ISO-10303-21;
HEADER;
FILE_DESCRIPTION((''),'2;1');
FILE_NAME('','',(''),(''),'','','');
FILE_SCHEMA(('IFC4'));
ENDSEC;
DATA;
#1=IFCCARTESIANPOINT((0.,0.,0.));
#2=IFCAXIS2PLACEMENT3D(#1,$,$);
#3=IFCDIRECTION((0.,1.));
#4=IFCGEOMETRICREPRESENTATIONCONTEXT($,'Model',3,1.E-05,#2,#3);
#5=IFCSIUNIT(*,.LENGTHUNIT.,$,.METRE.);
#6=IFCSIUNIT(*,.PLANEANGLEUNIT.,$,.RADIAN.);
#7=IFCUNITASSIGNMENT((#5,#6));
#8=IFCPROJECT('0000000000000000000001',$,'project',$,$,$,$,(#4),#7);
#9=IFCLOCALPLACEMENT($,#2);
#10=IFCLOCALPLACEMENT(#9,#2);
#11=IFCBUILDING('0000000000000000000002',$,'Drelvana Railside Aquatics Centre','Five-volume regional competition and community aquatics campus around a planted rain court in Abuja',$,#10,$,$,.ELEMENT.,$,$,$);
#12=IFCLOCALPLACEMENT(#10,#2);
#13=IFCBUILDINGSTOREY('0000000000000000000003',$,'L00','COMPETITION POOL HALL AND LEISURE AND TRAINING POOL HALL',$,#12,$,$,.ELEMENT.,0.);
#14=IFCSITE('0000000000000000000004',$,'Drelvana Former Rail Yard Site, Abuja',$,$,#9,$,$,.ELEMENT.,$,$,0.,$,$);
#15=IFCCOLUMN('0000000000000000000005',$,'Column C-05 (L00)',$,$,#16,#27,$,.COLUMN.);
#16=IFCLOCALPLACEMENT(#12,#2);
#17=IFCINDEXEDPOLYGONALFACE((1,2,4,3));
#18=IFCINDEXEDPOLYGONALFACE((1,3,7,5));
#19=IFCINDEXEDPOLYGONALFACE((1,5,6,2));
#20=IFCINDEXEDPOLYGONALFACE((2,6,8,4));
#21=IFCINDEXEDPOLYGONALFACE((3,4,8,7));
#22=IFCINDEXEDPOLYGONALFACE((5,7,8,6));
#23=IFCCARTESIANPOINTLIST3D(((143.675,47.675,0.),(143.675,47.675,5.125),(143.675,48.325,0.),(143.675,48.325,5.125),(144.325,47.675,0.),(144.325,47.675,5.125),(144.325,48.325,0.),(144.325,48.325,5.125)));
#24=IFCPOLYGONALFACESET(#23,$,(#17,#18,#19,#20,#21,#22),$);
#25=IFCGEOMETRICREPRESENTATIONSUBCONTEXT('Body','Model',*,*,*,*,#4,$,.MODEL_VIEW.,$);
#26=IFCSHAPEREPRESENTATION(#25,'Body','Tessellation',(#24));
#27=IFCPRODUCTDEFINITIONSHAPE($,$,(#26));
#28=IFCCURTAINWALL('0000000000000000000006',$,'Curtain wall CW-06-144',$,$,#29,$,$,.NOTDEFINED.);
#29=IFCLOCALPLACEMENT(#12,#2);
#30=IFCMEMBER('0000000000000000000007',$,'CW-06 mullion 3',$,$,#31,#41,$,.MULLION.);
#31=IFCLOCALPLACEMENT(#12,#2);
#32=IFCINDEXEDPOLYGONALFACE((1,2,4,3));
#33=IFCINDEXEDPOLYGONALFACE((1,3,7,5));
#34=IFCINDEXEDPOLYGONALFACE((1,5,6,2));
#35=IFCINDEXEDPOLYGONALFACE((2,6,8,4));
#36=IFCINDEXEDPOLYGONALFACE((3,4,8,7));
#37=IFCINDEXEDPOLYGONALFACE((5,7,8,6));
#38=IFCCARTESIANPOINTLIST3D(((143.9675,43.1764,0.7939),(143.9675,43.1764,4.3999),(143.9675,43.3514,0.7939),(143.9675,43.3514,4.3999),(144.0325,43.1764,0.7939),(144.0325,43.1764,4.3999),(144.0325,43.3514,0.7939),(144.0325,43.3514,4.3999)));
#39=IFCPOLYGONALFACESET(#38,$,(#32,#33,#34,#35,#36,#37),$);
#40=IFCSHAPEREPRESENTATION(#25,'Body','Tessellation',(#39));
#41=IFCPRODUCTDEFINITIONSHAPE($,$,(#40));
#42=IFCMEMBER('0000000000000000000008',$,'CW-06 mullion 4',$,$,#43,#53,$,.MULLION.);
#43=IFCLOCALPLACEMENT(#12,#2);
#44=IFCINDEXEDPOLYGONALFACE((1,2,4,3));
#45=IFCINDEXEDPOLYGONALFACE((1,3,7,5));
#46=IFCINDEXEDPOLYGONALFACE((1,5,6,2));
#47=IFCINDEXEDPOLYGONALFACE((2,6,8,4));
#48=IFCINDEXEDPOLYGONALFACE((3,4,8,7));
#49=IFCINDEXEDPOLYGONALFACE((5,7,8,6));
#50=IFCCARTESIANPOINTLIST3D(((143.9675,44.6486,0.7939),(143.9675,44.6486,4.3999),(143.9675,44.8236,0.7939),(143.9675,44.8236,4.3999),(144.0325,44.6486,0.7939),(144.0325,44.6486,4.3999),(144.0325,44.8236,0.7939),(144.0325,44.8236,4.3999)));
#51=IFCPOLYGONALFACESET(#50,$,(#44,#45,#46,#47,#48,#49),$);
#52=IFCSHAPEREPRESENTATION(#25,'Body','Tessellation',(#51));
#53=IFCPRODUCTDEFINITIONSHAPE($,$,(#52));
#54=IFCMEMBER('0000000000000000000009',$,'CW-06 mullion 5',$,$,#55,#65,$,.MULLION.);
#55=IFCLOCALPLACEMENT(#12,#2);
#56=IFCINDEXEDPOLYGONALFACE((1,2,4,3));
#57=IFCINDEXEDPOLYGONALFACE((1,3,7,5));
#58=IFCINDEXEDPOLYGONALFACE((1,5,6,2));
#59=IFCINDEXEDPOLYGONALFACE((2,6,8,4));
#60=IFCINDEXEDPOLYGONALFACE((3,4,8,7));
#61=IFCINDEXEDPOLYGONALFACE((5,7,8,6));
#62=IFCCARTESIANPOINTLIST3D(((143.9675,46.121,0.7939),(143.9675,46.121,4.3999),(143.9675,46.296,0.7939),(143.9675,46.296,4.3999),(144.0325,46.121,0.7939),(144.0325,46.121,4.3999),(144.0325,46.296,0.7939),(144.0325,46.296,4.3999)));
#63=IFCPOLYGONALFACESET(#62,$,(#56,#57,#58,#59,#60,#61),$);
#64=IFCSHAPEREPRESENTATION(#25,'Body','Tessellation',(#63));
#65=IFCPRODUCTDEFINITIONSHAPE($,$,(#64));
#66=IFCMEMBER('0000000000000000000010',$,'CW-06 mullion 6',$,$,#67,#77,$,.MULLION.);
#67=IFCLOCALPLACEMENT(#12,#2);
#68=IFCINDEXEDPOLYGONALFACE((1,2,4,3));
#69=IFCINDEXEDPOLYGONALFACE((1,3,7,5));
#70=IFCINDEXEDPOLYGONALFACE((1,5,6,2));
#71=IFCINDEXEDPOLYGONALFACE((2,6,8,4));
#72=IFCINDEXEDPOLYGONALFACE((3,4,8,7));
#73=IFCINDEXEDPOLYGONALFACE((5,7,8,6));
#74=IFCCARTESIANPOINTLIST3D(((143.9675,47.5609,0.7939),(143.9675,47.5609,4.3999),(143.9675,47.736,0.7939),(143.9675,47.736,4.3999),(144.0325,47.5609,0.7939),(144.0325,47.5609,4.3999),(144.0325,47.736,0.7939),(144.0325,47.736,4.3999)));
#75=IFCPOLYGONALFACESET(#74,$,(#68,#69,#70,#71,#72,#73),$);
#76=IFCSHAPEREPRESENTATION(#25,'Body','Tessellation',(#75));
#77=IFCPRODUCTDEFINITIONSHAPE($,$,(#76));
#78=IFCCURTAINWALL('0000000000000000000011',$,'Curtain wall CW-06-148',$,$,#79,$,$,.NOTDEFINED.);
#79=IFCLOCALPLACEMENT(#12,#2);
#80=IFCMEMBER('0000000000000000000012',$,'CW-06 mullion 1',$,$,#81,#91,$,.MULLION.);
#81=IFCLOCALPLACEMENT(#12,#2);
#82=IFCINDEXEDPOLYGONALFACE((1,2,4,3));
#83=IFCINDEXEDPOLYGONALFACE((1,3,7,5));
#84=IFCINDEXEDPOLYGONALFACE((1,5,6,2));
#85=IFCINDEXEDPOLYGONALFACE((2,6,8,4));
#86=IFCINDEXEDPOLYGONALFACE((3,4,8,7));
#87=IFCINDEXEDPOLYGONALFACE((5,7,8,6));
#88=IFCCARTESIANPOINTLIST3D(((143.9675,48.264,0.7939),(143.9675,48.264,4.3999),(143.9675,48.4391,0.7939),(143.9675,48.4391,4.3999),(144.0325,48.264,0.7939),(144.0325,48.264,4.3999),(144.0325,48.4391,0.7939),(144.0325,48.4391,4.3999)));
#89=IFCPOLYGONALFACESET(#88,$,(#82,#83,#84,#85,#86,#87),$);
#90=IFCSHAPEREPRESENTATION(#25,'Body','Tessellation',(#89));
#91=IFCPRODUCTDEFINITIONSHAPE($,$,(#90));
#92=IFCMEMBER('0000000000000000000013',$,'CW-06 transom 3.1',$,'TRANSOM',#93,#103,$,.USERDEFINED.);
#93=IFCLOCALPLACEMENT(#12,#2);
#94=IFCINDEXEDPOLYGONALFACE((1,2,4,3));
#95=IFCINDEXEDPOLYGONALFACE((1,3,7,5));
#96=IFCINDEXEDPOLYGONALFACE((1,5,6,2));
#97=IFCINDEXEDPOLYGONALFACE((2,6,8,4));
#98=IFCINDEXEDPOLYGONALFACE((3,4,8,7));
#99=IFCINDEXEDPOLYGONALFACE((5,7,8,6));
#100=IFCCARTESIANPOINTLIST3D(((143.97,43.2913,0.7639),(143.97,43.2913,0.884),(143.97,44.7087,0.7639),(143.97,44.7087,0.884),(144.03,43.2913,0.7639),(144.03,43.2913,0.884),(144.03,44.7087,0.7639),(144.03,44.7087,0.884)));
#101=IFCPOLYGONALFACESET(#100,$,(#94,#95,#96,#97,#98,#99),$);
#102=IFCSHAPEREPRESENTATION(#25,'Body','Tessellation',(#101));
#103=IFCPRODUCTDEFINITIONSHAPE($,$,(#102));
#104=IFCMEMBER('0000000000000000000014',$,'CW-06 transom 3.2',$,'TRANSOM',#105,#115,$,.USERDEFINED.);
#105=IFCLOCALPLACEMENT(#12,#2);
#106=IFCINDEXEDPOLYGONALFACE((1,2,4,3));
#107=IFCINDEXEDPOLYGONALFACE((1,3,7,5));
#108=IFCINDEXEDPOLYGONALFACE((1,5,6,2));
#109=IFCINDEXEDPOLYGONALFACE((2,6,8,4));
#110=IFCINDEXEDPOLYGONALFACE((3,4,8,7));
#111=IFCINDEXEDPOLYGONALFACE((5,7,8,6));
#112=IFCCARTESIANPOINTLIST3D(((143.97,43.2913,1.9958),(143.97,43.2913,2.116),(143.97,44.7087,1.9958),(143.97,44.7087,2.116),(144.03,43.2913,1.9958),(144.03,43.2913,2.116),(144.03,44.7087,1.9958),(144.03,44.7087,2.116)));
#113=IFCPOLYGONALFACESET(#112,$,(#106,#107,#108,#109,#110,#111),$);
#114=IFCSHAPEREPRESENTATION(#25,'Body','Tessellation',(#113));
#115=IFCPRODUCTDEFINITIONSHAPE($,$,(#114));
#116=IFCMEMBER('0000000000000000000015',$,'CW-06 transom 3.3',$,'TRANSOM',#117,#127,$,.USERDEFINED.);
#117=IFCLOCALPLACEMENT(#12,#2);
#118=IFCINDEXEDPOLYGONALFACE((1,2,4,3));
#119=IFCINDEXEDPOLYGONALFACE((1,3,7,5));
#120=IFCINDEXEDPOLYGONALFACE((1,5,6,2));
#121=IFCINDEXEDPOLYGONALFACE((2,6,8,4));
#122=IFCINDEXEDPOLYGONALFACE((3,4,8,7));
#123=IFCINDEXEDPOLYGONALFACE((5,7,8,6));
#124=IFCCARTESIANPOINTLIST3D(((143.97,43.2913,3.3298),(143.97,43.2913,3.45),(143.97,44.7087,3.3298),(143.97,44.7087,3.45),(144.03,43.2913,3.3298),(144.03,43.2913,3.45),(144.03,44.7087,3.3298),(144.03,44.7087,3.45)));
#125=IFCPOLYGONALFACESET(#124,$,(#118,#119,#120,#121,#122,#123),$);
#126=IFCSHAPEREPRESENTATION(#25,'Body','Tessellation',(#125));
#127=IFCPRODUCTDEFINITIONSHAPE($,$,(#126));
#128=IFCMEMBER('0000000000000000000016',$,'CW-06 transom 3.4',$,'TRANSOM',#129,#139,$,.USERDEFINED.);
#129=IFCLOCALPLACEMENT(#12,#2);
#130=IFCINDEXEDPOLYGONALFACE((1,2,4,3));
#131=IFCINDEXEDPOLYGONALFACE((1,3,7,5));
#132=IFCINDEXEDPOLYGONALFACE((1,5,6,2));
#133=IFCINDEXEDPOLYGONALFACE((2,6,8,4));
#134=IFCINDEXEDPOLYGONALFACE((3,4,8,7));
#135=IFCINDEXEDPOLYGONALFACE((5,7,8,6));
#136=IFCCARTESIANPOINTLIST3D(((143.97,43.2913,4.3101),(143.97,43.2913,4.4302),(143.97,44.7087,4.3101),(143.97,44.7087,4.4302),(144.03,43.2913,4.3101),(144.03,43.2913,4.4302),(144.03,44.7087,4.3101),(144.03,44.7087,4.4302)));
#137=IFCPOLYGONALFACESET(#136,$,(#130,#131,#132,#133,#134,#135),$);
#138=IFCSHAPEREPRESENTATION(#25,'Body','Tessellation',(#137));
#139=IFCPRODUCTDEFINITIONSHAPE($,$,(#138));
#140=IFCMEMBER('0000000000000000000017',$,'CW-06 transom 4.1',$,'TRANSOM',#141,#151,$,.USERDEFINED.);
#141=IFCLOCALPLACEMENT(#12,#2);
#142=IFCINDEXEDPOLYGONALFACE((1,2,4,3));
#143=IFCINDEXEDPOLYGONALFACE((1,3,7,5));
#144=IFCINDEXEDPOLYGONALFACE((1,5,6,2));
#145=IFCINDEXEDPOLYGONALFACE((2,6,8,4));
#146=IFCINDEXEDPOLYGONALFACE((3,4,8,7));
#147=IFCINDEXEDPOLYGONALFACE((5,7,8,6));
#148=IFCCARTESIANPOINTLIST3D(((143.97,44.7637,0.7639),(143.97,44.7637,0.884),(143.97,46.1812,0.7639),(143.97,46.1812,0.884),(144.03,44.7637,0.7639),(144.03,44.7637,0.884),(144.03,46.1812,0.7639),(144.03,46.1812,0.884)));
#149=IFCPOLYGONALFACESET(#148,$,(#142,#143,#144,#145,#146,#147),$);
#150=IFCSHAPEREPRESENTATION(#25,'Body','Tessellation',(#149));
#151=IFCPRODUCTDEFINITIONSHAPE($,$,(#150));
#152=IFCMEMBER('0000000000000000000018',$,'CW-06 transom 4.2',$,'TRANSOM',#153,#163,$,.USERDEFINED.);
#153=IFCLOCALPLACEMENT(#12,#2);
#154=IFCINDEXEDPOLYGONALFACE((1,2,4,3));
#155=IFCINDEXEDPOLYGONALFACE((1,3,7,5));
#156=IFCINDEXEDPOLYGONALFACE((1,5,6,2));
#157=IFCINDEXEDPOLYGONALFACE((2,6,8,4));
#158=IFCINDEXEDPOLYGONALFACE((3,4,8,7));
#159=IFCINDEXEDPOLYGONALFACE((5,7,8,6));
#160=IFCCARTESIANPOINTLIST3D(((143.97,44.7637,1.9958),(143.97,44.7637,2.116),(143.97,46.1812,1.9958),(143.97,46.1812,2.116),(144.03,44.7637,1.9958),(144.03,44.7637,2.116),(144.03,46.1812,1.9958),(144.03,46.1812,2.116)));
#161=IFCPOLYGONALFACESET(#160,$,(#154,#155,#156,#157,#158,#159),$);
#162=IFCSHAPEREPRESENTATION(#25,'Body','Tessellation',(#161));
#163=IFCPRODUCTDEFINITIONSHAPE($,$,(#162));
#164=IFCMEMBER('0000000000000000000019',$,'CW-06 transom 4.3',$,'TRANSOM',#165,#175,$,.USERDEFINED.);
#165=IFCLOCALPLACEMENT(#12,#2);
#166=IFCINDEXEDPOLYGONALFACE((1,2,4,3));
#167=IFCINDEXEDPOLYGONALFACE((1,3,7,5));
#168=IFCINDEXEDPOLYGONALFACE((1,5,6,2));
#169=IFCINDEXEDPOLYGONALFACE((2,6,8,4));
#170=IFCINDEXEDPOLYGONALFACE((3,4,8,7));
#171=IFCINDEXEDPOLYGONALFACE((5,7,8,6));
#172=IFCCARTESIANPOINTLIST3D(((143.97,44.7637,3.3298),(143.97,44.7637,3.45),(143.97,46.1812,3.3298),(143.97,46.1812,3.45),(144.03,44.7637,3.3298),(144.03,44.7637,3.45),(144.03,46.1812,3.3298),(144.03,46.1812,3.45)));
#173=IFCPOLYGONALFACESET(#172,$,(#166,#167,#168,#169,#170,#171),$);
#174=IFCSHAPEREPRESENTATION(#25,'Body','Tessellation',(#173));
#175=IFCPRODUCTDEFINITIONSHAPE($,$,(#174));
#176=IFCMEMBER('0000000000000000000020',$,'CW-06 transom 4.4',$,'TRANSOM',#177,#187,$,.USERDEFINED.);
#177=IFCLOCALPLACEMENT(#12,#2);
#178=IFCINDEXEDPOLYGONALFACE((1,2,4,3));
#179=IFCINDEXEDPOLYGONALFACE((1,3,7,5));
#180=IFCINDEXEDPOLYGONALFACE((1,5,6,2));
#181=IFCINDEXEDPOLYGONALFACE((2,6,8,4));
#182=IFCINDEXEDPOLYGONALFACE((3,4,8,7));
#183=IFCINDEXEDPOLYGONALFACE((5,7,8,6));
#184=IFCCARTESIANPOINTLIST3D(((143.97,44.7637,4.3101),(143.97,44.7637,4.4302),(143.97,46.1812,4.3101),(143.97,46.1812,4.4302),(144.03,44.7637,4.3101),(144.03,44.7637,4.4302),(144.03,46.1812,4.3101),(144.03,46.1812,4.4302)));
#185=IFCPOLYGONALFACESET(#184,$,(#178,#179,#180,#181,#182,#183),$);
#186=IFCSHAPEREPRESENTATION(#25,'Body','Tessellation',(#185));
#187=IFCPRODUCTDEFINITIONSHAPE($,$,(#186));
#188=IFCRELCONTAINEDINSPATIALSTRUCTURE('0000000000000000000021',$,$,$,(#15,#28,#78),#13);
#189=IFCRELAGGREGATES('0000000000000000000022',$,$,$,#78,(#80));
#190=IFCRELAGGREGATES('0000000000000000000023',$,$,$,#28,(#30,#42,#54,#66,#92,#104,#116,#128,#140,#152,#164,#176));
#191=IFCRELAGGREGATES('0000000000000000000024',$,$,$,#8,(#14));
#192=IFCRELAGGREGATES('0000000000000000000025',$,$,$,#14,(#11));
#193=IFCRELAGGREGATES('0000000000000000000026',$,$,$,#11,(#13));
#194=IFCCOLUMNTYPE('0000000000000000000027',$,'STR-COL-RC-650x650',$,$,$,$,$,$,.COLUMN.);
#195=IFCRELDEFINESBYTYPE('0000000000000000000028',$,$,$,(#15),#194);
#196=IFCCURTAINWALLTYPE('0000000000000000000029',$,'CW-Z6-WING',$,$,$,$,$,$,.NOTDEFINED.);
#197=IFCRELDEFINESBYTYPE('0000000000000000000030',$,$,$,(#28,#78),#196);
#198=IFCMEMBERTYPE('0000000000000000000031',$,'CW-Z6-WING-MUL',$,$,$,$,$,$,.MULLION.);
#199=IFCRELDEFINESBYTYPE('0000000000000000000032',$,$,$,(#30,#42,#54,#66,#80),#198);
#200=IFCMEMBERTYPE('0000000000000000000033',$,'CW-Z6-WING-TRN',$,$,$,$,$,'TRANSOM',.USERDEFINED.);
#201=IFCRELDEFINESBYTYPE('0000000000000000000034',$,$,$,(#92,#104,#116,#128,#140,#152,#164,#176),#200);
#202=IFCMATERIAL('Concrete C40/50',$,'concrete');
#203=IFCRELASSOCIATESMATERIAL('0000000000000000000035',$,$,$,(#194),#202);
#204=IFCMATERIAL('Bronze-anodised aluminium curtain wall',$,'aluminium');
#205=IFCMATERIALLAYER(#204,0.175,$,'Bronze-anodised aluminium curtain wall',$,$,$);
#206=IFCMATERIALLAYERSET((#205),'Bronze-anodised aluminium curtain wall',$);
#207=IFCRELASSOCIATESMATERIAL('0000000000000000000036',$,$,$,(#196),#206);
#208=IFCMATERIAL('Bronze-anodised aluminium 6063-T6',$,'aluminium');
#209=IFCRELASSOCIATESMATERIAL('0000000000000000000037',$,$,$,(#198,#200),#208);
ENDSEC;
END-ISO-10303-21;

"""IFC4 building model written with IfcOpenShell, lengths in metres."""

from ifc_helpers import new_model, si_unit, direction, frame, origin, origin_2d, place, context, subcontext, project, spatial, rectangle, extrude, material, layer, layer_set, material_profile, profile_set, type_object, element, aggregate, save


model = new_model("IFC4")

# Units and contexts
model_context = context("Model", 3, precision=1e-05, world=origin(), true_north=direction((0.0, 1.0)))
body_context = subcontext(model_context, "Body", "Model", "MODEL_VIEW")
ifc_project = project(units=[si_unit("LENGTHUNIT", "METRE"), si_unit("PLANEANGLEUNIT", "RADIAN")], contexts=[model_context])

# Site, building, storey
site_placement = place(None, origin())
site = spatial("IfcSite", under=ifc_project, at=site_placement, Name="Drelvana Former Rail Yard Site, Abuja", CompositionType="ELEMENT", RefElevation=0.0)
building_placement = place(site_placement, origin())
building = spatial("IfcBuilding", under=site, at=building_placement, Name="Drelvana Railside Aquatics Centre", Description="Five-volume regional competition and community aquatics campus around a planted rain court in Abuja", CompositionType="ELEMENT")
storey_placement = place(building_placement, origin())
storey = spatial("IfcBuildingStorey", under=building, at=storey_placement, Name="L00", Description="COMPETITION POOL HALL AND LEISURE AND TRAINING POOL HALL", CompositionType="ELEMENT", Elevation=0.0)

# Column
ifc_material_1 = material(Name="Concrete C40/50", Category="concrete")
ifc_material_profile_1 = material_profile(ifc_material_1, rectangle(XDim=0.6499, YDim=0.6499, at=origin_2d()), Name="RC 650x650")
ifc_profile_set_1 = profile_set([ifc_material_profile_1], Name="Concrete C40/50")
column_type = type_object("IfcColumnType", Name="STR-COL-RC-650x650", PredefinedType="COLUMN", material=ifc_profile_set_1)
column_placement = place(storey_placement, frame((144.0, 48.0, 0.0), z_axis=(0.0, 0.0, 1.0), x_axis=(1.0, 0.0, 0.0)))
element("IfcColumn", 1, at=column_placement, inside=storey, type_object=column_type, Name="Column C-05 (L00)", PredefinedType="COLUMN", context=body_context, shape_type="SweptSolid", body=[
    extrude(rectangle(XDim=0.6499, YDim=0.6499, at=origin_2d()), origin(), (0.0, 0.0, 1.0), 5.125),
])

# Curtain wall, members
ifc_material_2 = material(Name="Bronze-anodised aluminium curtain wall", Category="aluminium")
ifc_layer_1 = layer(ifc_material_2, 0.175, Name="Bronze-anodised aluminium curtain wall")
ifc_layer_set_1 = layer_set([ifc_layer_1], Name="Bronze-anodised aluminium curtain wall")
curtain_wall_type = type_object("IfcCurtainWallType", Name="CW-Z6-WING", PredefinedType="NOTDEFINED", material=ifc_layer_set_1)
curtain_wall_1_placement = place(storey_placement, origin())
curtain_wall_1 = element("IfcCurtainWall", 2, at=curtain_wall_1_placement, inside=storey, type_object=curtain_wall_type, Name="Curtain wall CW-06-144", PredefinedType="NOTDEFINED")
ifc_material_3 = material(Name="Bronze-anodised aluminium 6063-T6", Category="aluminium")
ifc_material_profile_2 = material_profile(ifc_material_3, rectangle(XDim=0.0649, YDim=0.175, at=origin_2d()), Name="ALU-M 65x175")
ifc_profile_set_2 = profile_set([ifc_material_profile_2], Name="Bronze-anodised aluminium 6063-T6")
member_type_1 = type_object("IfcMemberType", Name="CW-Z6-WING-MUL", PredefinedType="MULLION", material=ifc_profile_set_2)
member_1_placement = place(storey_placement, frame((144.0, 43.2639, 0.7939), z_axis=(0.0, 0.0, 1.0), x_axis=(-1.0, 0.0, 0.0)))
member_1 = element("IfcMember", 3, at=member_1_placement, type_object=member_type_1, Name="CW-06 mullion 3", PredefinedType="MULLION", context=body_context, shape_type="SweptSolid", body=[
    extrude(rectangle(XDim=0.0649, YDim=0.175, at=origin_2d()), origin(), (0.0, 0.0, 1.0), 3.606),
])
member_2_placement = place(storey_placement, frame((144.0, 44.7361, 0.7939), z_axis=(0.0, 0.0, 1.0), x_axis=(-1.0, 0.0, 0.0)))
member_2 = element("IfcMember", 4, at=member_2_placement, type_object=member_type_1, Name="CW-06 mullion 4", PredefinedType="MULLION", context=body_context, shape_type="SweptSolid", body=[
    extrude(rectangle(XDim=0.0649, YDim=0.175, at=origin_2d()), origin(), (0.0, 0.0, 1.0), 3.606),
])
member_3_placement = place(storey_placement, frame((144.0, 46.2085, 0.7939), z_axis=(0.0, 0.0, 1.0), x_axis=(-1.0, 0.0, 0.0)))
member_3 = element("IfcMember", 5, at=member_3_placement, type_object=member_type_1, Name="CW-06 mullion 5", PredefinedType="MULLION", context=body_context, shape_type="SweptSolid", body=[
    extrude(rectangle(XDim=0.0649, YDim=0.175, at=origin_2d()), origin(), (0.0, 0.0, 1.0), 3.606),
])
member_4_placement = place(storey_placement, frame((144.0, 47.6484, 0.7939), z_axis=(0.0, 0.0, 1.0), x_axis=(-1.0, 0.0, 0.0)))
member_4 = element("IfcMember", 6, at=member_4_placement, type_object=member_type_1, Name="CW-06 mullion 6", PredefinedType="MULLION", context=body_context, shape_type="SweptSolid", body=[
    extrude(rectangle(XDim=0.0649, YDim=0.175, at=origin_2d()), origin(), (0.0, 0.0, 1.0), 3.606),
])

# Curtain wall, member
curtain_wall_2_placement = place(storey_placement, origin())
curtain_wall_2 = element("IfcCurtainWall", 7, at=curtain_wall_2_placement, inside=storey, type_object=curtain_wall_type, Name="Curtain wall CW-06-148", PredefinedType="NOTDEFINED")
member_5_placement = place(storey_placement, frame((144.0, 48.3516, 0.7939), z_axis=(0.0, 0.0, 1.0), x_axis=(-1.0, 0.0, 0.0)))
member_5 = element("IfcMember", 8, at=member_5_placement, type_object=member_type_1, Name="CW-06 mullion 1", PredefinedType="MULLION", context=body_context, shape_type="SweptSolid", body=[
    extrude(rectangle(XDim=0.0649, YDim=0.175, at=origin_2d()), origin(), (0.0, 0.0, 1.0), 3.606),
])

# Members
ifc_material_profile_3 = material_profile(ifc_material_3, rectangle(XDim=0.1201, YDim=0.0601, at=origin_2d()), Name="ALU-T 60x120")
ifc_profile_set_3 = profile_set([ifc_material_profile_3], Name="Bronze-anodised aluminium 6063-T6")
member_type_2 = type_object("IfcMemberType", Name="CW-Z6-WING-TRN", ElementType="TRANSOM", PredefinedType="USERDEFINED", material=ifc_profile_set_3)
member_6_placement = place(storey_placement, frame((144.0, 43.2913, 0.824), z_axis=(0.0, 1.0, 0.0), x_axis=(0.0, 0.0, 1.0)))
member_6 = element("IfcMember", 9, at=member_6_placement, type_object=member_type_2, Name="CW-06 transom 3.1", ObjectType="TRANSOM", PredefinedType="USERDEFINED", context=body_context, shape_type="SweptSolid", body=[
    extrude(rectangle(XDim=0.1201, YDim=0.0601, at=origin_2d()), origin(), (0.0, 0.0, 1.0), 1.4175),
])
member_7_placement = place(storey_placement, frame((144.0, 43.2913, 2.0559), z_axis=(0.0, 1.0, 0.0), x_axis=(0.0, 0.0, 1.0)))
member_7 = element("IfcMember", 10, at=member_7_placement, type_object=member_type_2, Name="CW-06 transom 3.2", ObjectType="TRANSOM", PredefinedType="USERDEFINED", context=body_context, shape_type="SweptSolid", body=[
    extrude(rectangle(XDim=0.1201, YDim=0.0601, at=origin_2d()), origin(), (0.0, 0.0, 1.0), 1.4175),
])
member_8_placement = place(storey_placement, frame((144.0, 43.2913, 3.3899), z_axis=(0.0, 1.0, 0.0), x_axis=(0.0, 0.0, 1.0)))
member_8 = element("IfcMember", 11, at=member_8_placement, type_object=member_type_2, Name="CW-06 transom 3.3", ObjectType="TRANSOM", PredefinedType="USERDEFINED", context=body_context, shape_type="SweptSolid", body=[
    extrude(rectangle(XDim=0.1201, YDim=0.0601, at=origin_2d()), origin(), (0.0, 0.0, 1.0), 1.4175),
])
member_9_placement = place(storey_placement, frame((144.0, 43.2913, 4.3701), z_axis=(0.0, 1.0, 0.0), x_axis=(0.0, 0.0, 1.0)))
member_9 = element("IfcMember", 12, at=member_9_placement, type_object=member_type_2, Name="CW-06 transom 3.4", ObjectType="TRANSOM", PredefinedType="USERDEFINED", context=body_context, shape_type="SweptSolid", body=[
    extrude(rectangle(XDim=0.1201, YDim=0.0601, at=origin_2d()), origin(), (0.0, 0.0, 1.0), 1.4175),
])
member_10_placement = place(storey_placement, frame((144.0, 44.7637, 0.824), z_axis=(0.0, 1.0, 0.0), x_axis=(0.0, 0.0, 1.0)))
member_10 = element("IfcMember", 13, at=member_10_placement, type_object=member_type_2, Name="CW-06 transom 4.1", ObjectType="TRANSOM", PredefinedType="USERDEFINED", context=body_context, shape_type="SweptSolid", body=[
    extrude(rectangle(XDim=0.1201, YDim=0.0601, at=origin_2d()), origin(), (0.0, 0.0, 1.0), 1.4175),
])
member_11_placement = place(storey_placement, frame((144.0, 44.7637, 2.0559), z_axis=(0.0, 1.0, 0.0), x_axis=(0.0, 0.0, 1.0)))
member_11 = element("IfcMember", 14, at=member_11_placement, type_object=member_type_2, Name="CW-06 transom 4.2", ObjectType="TRANSOM", PredefinedType="USERDEFINED", context=body_context, shape_type="SweptSolid", body=[
    extrude(rectangle(XDim=0.1201, YDim=0.0601, at=origin_2d()), origin(), (0.0, 0.0, 1.0), 1.4175),
])
member_12_placement = place(storey_placement, frame((144.0, 44.7637, 3.3899), z_axis=(0.0, 1.0, 0.0), x_axis=(0.0, 0.0, 1.0)))
member_12 = element("IfcMember", 15, at=member_12_placement, type_object=member_type_2, Name="CW-06 transom 4.3", ObjectType="TRANSOM", PredefinedType="USERDEFINED", context=body_context, shape_type="SweptSolid", body=[
    extrude(rectangle(XDim=0.1201, YDim=0.0601, at=origin_2d()), origin(), (0.0, 0.0, 1.0), 1.4175),
])
member_13_placement = place(storey_placement, frame((144.0, 44.7637, 4.3701), z_axis=(0.0, 1.0, 0.0), x_axis=(0.0, 0.0, 1.0)))
member_13 = element("IfcMember", 16, at=member_13_placement, type_object=member_type_2, Name="CW-06 transom 4.4", ObjectType="TRANSOM", PredefinedType="USERDEFINED", context=body_context, shape_type="SweptSolid", body=[
    extrude(rectangle(XDim=0.1201, YDim=0.0601, at=origin_2d()), origin(), (0.0, 0.0, 1.0), 1.4175),
])
aggregate(curtain_wall_2, [member_5])

aggregate(curtain_wall_1, [member_1, member_2, member_3, member_4, member_6, member_7, member_8, member_9, member_10, member_11, member_12, member_13])

save(model, "model.ifc")
